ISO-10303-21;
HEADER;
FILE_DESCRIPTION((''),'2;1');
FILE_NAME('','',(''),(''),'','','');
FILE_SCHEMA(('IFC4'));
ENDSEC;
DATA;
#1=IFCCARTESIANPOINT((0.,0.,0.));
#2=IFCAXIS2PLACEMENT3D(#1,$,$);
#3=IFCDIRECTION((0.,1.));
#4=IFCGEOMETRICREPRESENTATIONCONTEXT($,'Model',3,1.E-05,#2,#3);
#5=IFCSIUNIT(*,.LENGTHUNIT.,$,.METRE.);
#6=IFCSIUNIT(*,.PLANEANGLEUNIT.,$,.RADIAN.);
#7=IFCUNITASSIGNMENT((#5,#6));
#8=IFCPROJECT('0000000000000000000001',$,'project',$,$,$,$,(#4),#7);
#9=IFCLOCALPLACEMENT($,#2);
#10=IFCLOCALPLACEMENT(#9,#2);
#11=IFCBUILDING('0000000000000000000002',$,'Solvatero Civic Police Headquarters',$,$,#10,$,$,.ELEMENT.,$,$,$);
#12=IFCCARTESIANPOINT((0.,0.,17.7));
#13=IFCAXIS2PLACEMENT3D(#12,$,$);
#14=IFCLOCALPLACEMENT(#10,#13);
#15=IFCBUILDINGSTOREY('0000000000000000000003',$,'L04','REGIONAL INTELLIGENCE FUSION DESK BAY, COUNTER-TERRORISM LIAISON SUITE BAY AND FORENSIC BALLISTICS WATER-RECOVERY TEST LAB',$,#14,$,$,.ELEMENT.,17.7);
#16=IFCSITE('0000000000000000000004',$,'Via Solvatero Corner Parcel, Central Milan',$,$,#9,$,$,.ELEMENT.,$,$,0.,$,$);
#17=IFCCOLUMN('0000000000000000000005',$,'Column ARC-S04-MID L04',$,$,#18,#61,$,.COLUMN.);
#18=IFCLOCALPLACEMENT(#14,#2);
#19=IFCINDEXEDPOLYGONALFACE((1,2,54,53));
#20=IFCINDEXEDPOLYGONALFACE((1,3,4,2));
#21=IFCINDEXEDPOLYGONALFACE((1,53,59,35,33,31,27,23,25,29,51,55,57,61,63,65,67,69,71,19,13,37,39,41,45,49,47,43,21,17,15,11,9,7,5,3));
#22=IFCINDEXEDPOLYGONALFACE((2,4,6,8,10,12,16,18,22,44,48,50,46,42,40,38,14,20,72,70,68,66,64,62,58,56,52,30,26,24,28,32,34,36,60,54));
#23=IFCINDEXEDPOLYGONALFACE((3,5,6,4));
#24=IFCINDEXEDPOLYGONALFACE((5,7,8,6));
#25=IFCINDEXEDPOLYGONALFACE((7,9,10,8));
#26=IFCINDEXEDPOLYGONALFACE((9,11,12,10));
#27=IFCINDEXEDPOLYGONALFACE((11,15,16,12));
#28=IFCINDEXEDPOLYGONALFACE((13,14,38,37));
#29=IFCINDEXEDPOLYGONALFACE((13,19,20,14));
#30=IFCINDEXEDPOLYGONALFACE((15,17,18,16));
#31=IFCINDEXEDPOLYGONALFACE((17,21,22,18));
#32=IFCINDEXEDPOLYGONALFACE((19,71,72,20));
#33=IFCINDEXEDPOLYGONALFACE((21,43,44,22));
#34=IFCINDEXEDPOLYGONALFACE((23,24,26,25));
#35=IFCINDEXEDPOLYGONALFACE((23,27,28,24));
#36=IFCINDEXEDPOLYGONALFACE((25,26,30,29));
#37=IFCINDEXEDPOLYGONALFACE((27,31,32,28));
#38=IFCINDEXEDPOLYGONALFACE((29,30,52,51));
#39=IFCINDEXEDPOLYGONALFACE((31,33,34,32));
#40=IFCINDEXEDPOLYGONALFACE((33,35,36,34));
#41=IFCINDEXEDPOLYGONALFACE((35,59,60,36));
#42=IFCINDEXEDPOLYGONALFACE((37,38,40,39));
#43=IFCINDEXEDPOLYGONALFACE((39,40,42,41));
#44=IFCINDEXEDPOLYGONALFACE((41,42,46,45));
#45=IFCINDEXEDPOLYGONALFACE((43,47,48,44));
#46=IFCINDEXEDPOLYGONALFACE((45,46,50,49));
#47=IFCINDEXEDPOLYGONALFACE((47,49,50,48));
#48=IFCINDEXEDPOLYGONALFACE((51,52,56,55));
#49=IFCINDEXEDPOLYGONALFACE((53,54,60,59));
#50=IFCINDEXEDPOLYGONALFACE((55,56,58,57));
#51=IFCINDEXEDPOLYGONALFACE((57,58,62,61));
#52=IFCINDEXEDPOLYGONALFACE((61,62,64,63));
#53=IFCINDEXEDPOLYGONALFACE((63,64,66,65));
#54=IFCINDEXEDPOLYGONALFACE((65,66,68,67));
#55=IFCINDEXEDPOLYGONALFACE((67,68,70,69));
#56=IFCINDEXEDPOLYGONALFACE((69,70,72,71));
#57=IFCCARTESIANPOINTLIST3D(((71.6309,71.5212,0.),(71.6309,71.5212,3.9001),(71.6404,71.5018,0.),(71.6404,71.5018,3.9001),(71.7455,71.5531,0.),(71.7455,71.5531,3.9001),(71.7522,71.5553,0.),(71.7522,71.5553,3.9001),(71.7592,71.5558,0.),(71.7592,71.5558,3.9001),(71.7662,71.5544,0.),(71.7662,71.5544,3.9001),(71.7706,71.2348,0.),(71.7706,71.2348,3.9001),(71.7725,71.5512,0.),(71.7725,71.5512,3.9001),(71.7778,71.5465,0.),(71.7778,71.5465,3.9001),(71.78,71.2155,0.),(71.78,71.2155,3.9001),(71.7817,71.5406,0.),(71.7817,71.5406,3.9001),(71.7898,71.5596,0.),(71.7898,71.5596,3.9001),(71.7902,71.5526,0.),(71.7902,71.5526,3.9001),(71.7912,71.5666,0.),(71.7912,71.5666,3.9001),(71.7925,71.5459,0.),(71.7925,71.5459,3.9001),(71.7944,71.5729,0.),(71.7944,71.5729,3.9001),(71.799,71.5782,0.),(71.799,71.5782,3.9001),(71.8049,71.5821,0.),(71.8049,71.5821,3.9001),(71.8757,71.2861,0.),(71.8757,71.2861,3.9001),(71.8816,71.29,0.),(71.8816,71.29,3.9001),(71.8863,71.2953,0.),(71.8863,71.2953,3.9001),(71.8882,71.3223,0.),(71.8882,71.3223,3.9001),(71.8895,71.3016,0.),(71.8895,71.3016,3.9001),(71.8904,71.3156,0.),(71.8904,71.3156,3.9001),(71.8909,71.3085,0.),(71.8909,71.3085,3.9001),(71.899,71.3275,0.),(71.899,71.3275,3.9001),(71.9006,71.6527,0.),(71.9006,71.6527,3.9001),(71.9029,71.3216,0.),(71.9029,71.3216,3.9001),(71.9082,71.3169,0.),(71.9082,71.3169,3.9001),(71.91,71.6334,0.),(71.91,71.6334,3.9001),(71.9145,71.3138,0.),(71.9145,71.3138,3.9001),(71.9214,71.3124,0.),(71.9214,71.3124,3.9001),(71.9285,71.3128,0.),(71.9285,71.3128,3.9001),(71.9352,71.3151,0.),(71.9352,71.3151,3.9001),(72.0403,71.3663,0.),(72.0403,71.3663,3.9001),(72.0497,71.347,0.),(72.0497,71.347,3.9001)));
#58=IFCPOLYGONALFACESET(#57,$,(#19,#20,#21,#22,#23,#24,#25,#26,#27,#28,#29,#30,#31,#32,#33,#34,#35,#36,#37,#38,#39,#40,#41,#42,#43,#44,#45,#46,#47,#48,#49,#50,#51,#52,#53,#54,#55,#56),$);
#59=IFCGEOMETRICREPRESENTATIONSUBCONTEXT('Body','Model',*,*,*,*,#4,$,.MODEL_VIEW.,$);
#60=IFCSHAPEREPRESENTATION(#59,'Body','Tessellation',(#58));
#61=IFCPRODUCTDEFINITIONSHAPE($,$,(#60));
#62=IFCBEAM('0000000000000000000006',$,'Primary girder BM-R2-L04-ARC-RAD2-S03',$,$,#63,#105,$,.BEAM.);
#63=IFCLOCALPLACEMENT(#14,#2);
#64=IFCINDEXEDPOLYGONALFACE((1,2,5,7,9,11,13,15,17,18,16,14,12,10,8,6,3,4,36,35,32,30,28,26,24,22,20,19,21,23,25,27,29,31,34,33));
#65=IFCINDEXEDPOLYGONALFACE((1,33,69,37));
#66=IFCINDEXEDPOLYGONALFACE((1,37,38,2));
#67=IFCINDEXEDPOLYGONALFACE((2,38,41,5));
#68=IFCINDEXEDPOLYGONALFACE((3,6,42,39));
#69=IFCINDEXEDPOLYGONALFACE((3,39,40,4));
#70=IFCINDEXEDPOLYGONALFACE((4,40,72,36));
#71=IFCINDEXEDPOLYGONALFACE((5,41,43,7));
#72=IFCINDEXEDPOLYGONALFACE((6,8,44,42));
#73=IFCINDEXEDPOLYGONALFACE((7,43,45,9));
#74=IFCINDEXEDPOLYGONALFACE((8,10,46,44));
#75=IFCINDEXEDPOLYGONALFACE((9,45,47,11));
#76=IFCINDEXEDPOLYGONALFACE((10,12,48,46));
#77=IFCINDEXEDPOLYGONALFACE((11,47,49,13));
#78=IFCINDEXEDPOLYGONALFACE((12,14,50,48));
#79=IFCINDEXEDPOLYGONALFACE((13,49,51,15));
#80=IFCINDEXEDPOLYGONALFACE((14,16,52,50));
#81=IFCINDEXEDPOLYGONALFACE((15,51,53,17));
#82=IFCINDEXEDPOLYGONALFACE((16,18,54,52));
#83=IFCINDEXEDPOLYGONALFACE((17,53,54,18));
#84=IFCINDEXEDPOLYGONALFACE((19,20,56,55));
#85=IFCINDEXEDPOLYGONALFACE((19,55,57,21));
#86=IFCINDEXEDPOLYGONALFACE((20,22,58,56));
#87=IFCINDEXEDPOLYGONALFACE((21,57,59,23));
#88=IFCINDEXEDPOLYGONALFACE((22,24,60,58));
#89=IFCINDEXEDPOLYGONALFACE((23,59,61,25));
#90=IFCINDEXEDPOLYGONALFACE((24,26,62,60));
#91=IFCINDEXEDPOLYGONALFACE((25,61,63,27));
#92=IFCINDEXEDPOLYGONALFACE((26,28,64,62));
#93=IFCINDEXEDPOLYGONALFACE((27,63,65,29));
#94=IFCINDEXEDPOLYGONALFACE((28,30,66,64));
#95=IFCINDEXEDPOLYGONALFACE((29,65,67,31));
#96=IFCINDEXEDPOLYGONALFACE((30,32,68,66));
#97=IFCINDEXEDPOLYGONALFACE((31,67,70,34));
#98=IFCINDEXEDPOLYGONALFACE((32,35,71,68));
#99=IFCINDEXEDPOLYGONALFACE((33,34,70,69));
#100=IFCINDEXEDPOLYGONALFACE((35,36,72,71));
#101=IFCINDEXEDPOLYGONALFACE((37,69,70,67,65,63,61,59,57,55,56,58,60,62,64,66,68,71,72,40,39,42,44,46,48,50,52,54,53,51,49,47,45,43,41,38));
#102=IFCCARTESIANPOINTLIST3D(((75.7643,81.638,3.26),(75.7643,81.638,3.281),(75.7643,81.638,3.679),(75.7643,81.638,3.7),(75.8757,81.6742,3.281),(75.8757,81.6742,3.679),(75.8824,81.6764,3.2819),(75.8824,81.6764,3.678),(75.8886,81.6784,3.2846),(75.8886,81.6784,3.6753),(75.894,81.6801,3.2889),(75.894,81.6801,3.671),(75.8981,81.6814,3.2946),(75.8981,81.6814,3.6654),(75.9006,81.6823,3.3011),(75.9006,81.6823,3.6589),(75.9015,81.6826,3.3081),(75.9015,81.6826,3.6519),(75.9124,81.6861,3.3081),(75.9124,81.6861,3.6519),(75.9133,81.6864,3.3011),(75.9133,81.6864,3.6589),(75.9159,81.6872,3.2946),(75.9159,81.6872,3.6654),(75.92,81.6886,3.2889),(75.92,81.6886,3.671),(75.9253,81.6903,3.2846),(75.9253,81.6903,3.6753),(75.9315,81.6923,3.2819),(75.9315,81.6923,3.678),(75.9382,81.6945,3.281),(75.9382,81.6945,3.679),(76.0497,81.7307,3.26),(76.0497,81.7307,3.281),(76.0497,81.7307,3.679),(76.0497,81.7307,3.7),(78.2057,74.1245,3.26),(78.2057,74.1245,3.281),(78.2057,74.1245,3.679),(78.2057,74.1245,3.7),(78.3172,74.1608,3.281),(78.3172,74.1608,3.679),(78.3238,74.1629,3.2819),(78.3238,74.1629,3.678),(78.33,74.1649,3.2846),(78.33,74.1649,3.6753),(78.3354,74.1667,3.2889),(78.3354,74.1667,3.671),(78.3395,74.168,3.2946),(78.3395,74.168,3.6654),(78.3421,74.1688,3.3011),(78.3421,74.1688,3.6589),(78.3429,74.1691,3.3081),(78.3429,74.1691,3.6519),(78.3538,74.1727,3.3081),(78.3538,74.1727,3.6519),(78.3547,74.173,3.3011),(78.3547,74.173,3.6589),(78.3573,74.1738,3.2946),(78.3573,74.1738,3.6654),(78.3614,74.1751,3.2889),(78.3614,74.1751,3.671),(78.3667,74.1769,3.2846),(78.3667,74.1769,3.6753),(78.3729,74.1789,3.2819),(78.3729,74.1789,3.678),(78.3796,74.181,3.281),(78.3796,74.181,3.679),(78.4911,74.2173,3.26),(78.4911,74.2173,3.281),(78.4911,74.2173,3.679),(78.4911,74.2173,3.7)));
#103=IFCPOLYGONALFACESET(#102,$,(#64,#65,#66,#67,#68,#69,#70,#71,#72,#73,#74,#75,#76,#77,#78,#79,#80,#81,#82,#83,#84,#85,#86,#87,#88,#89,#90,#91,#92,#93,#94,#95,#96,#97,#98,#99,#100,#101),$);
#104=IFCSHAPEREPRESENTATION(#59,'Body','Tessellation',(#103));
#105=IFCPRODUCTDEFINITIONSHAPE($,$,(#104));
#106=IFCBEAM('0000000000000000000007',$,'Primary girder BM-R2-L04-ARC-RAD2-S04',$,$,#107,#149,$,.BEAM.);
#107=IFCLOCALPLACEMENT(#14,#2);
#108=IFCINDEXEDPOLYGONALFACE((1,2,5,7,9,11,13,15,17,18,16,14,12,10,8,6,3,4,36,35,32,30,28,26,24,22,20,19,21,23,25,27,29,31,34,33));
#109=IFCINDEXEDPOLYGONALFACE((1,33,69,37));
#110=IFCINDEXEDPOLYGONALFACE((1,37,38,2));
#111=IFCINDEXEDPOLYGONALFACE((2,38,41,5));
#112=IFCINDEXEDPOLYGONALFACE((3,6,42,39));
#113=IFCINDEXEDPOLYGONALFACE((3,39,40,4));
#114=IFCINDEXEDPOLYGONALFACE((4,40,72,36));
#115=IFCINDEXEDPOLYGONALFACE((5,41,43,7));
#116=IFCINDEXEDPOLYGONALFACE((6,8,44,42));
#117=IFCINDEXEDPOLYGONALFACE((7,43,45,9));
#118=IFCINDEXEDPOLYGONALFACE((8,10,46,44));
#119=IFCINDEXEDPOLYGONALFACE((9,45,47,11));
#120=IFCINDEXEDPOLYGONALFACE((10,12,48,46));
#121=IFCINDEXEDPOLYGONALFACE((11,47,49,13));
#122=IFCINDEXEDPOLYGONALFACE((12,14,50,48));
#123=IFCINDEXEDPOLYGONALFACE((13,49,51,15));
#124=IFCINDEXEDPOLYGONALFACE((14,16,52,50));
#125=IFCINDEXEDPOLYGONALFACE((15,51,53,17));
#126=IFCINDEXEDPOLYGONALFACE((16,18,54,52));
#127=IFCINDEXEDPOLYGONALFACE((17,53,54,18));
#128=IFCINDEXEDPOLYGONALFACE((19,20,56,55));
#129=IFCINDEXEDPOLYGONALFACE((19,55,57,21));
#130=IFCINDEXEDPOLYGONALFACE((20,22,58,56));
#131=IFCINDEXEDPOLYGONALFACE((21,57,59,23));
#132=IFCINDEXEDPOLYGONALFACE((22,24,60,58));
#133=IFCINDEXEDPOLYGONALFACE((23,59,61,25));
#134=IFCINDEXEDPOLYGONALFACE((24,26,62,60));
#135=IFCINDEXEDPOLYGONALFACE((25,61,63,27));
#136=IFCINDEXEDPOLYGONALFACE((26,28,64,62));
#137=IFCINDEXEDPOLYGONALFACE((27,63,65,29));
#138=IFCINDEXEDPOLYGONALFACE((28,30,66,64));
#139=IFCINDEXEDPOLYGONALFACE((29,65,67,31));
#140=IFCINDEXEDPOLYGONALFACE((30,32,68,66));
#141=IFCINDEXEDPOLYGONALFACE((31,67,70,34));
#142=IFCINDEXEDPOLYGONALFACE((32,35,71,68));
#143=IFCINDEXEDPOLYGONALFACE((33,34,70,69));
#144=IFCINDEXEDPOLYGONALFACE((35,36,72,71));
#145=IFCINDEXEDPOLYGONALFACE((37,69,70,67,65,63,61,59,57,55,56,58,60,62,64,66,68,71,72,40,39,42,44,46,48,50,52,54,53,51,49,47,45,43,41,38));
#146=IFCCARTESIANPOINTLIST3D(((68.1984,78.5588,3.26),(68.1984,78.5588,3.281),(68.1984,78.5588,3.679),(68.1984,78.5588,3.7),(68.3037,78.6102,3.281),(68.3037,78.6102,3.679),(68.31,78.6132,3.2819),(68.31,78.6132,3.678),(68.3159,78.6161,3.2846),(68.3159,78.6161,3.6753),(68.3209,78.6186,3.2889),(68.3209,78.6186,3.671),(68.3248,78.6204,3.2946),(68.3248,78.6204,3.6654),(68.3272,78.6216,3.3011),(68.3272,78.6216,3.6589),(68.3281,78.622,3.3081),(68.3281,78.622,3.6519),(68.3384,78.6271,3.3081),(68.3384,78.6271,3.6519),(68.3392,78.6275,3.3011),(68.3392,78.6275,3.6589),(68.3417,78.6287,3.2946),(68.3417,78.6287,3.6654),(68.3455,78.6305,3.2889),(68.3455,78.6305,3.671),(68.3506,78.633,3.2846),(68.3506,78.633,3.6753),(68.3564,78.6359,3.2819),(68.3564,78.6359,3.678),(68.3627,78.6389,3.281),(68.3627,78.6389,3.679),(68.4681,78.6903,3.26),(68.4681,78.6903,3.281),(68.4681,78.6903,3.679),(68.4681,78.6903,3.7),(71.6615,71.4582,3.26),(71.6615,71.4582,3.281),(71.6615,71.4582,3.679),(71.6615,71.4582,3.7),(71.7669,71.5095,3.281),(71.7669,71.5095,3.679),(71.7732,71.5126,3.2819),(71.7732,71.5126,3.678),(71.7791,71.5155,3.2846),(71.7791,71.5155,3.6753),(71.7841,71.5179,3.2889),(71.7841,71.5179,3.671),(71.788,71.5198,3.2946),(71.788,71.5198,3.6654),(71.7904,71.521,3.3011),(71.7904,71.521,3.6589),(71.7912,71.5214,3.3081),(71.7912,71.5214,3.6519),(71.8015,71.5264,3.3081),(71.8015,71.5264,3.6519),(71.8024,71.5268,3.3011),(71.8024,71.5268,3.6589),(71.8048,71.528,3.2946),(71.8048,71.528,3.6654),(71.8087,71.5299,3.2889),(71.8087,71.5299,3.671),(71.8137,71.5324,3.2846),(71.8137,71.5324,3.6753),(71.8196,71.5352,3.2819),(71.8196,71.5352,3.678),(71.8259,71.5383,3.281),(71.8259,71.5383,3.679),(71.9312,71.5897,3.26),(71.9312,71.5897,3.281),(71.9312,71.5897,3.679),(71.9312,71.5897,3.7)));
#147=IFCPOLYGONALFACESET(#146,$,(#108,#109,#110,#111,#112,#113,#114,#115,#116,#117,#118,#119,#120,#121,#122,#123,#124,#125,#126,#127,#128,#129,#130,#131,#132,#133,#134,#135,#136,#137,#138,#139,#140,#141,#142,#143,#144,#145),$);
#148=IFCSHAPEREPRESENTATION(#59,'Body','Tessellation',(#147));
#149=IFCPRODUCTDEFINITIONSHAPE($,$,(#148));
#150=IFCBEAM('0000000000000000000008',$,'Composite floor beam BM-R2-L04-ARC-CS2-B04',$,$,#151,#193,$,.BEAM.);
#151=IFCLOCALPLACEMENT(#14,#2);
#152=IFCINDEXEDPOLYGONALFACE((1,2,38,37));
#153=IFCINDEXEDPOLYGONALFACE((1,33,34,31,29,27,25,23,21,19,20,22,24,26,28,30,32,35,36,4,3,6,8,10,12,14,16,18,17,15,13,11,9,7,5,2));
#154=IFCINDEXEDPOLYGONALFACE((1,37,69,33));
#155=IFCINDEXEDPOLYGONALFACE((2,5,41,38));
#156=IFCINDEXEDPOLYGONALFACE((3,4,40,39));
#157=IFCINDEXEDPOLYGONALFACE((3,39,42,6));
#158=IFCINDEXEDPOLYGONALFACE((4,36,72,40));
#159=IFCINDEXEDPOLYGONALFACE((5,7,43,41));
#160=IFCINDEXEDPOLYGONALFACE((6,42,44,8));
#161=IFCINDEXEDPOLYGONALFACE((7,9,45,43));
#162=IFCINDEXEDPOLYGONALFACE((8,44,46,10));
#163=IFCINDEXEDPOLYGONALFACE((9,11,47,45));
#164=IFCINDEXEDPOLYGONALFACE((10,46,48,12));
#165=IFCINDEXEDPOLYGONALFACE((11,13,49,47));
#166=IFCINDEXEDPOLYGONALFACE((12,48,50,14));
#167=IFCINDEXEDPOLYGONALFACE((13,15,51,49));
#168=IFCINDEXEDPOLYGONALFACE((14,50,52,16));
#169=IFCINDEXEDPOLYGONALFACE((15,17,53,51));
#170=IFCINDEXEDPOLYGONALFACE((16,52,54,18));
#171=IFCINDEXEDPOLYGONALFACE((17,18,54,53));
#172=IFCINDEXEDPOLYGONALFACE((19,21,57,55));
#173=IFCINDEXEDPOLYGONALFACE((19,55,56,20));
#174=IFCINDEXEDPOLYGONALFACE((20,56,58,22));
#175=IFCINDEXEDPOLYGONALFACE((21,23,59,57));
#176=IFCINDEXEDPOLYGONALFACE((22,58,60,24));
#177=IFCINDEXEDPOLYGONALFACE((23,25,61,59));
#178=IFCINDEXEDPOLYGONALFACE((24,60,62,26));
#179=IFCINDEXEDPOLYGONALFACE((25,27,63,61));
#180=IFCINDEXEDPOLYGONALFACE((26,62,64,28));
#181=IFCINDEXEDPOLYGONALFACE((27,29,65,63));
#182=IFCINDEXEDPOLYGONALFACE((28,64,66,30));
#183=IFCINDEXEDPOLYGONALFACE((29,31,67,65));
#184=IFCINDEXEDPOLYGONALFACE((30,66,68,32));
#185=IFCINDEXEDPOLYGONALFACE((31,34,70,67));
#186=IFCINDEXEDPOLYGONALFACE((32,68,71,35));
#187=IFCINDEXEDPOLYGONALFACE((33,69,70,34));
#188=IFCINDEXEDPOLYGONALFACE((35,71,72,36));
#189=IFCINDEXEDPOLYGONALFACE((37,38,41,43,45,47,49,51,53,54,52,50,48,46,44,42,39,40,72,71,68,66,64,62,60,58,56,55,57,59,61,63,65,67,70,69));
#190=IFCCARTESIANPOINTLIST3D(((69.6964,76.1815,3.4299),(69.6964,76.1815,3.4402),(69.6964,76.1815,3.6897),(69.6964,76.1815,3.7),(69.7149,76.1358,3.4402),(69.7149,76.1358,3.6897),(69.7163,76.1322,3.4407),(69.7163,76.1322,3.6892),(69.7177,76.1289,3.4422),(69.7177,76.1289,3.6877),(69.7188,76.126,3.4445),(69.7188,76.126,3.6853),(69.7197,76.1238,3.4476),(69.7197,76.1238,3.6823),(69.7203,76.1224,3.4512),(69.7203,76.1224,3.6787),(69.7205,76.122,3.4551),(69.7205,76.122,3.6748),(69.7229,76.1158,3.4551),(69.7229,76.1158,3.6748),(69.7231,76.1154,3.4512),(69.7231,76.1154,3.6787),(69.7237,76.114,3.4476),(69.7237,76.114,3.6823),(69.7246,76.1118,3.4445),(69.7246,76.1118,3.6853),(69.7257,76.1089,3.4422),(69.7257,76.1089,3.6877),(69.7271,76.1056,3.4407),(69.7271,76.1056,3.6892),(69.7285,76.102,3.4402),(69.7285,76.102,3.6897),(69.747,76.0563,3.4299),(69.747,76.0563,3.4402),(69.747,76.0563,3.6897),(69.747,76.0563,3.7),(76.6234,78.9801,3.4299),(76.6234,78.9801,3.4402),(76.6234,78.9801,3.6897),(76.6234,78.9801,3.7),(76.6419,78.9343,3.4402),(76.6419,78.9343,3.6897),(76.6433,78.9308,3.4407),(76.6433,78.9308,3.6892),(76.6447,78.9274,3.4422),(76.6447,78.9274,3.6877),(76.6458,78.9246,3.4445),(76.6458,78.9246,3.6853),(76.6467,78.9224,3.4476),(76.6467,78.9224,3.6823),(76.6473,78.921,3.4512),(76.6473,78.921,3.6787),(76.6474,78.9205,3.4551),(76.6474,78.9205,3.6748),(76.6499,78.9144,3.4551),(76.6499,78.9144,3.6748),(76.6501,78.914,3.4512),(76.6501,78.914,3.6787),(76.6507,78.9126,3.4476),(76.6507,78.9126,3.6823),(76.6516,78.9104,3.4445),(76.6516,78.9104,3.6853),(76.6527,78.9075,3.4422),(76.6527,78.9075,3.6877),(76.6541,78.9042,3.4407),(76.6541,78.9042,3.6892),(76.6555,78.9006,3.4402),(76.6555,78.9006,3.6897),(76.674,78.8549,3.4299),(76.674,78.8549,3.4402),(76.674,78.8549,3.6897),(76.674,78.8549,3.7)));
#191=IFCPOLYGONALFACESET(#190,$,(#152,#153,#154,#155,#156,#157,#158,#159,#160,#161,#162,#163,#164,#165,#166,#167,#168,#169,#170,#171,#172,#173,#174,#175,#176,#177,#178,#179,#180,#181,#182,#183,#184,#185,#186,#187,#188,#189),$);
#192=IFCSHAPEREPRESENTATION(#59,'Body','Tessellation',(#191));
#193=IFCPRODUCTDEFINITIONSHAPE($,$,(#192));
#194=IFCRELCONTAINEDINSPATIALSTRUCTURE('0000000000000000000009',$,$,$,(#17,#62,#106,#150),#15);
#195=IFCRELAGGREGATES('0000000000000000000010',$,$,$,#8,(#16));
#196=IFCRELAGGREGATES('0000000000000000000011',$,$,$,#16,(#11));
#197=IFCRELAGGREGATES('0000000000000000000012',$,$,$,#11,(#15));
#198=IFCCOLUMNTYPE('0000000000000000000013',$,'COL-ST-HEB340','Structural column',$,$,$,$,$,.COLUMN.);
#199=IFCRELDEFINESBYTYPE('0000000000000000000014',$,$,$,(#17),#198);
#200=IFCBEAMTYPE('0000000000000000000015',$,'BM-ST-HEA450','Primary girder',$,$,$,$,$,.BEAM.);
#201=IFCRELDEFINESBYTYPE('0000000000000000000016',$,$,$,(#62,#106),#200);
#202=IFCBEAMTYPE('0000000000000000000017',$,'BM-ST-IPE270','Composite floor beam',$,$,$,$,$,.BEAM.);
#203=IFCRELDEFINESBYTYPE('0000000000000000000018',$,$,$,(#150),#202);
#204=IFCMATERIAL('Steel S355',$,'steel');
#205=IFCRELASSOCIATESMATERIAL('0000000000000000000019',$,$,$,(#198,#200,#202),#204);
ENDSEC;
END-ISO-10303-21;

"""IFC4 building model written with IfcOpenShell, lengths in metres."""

from ifc_helpers import new_model, si_unit, direction, frame, origin, origin_2d, place, context, subcontext, project, spatial, i_section, extrude, material, material_profile, profile_set, type_object, element, save


model = new_model("IFC4")

# Units and contexts
model_context = context("Model", 3, precision=1e-05, world=origin(), true_north=direction((0.0, 1.0)))
body_context = subcontext(model_context, "Body", "Model", "MODEL_VIEW")
ifc_project = project(units=[si_unit("LENGTHUNIT", "METRE"), si_unit("PLANEANGLEUNIT", "RADIAN")], contexts=[model_context])

# Site, building, storey
site_placement = place(None, origin())
site = spatial("IfcSite", under=ifc_project, at=site_placement, Name="Via Solvatero Corner Parcel, Central Milan", CompositionType="ELEMENT", RefElevation=0.0)
building_placement = place(site_placement, origin())
building = spatial("IfcBuilding", under=site, at=building_placement, Name="Solvatero Civic Police Headquarters", CompositionType="ELEMENT")
storey_placement = place(building_placement, frame((0.0, 0.0, 17.7)))
storey = spatial("IfcBuildingStorey", under=building, at=storey_placement, Name="L04", Description="REGIONAL INTELLIGENCE FUSION DESK BAY, COUNTER-TERRORISM LIAISON SUITE BAY AND FORENSIC BALLISTICS WATER-RECOVERY TEST LAB", CompositionType="ELEMENT", Elevation=17.7)

# Column
ifc_material_1 = material(Name="Steel S355", Category="steel")
ifc_material_profile_1 = material_profile(ifc_material_1, i_section(OverallWidth=0.3, OverallDepth=0.3401, WebThickness=0.012, FlangeThickness=0.0215, FilletRadius=0.0271, at=origin_2d()), Name="HEB 340")
ifc_profile_set_1 = profile_set([ifc_material_profile_1], Name="Steel S355")
column_type = type_object("IfcColumnType", Name="COL-ST-HEB340", Description="Structural column", PredefinedType="COLUMN", material=ifc_profile_set_1)
column_placement = place(storey_placement, frame((71.8403, 71.4341, 0.0), z_axis=(0.0, 0.0, 1.0), x_axis=(0.898794, 0.438371, 0.0)))
element("IfcColumn", 1, at=column_placement, inside=storey, type_object=column_type, Name="Column ARC-S04-MID L04", PredefinedType="COLUMN", context=body_context, shape_type="SweptSolid", body=[
    extrude(i_section(OverallWidth=0.3, OverallDepth=0.3401, WebThickness=0.012, FlangeThickness=0.0215, FilletRadius=0.0271, at=origin_2d()), origin(), (0.0, 0.0, 1.0), 3.9001),
])

# Beams
ifc_material_profile_2 = material_profile(ifc_material_1, i_section(OverallWidth=0.3, OverallDepth=0.4399, WebThickness=0.0115, FlangeThickness=0.021, FilletRadius=0.0271, at=origin_2d()), Name="HEA 450")
ifc_profile_set_2 = profile_set([ifc_material_profile_2], Name="Steel S355")
beam_type_1 = type_object("IfcBeamType", Name="BM-ST-HEA450", Description="Primary girder", PredefinedType="BEAM", material=ifc_profile_set_2)
for number, where, z_axis, x_axis, name in (
    (2, (78.3484, 74.1709, 3.48), (-0.309034, 0.951051, 0.0), (-0.951051, -0.309034, 0.0), "Primary girder BM-R2-L04-ARC-RAD2-S03"),
    (3, (71.7964, 71.5239, 3.48), (-0.438366, 0.898797, 0.0), (-0.898797, -0.438366, 0.0), "Primary girder BM-R2-L04-ARC-RAD2-S04"),
):
    element("IfcBeam", number, at=place(storey_placement, frame(where, z_axis=z_axis, x_axis=x_axis)), inside=storey, type_object=beam_type_1, Name=name, PredefinedType="BEAM", context=body_context, shape_type="SweptSolid", body=[
        extrude(i_section(OverallWidth=0.3, OverallDepth=0.4399, WebThickness=0.0115, FlangeThickness=0.021, FilletRadius=0.0271, at=origin_2d()), origin(), (0.0, 0.0, 1.0), 7.9001),
    ])
ifc_material_profile_3 = material_profile(ifc_material_1, i_section(OverallWidth=0.135, OverallDepth=0.27, WebThickness=0.0066, FlangeThickness=0.0103, FilletRadius=0.0149, at=origin_2d()), Name="IPE 270")
ifc_profile_set_3 = profile_set([ifc_material_profile_3], Name="Steel S355")
beam_type_2 = type_object("IfcBeamType", Name="BM-ST-IPE270", Description="Composite floor beam", PredefinedType="BEAM", material=ifc_profile_set_3)
beam_1_placement = place(storey_placement, frame((76.6487, 78.9175, 3.5649), z_axis=(-0.927189, -0.374594, 0.0), x_axis=(0.374594, -0.927189, 0.0)))
element("IfcBeam", 4, at=beam_1_placement, inside=storey, type_object=beam_type_2, Name="Composite floor beam BM-R2-L04-ARC-CS2-B04", PredefinedType="BEAM", context=body_context, shape_type="SweptSolid", body=[
    extrude(i_section(OverallWidth=0.135, OverallDepth=0.27, WebThickness=0.0066, FlangeThickness=0.0103, FilletRadius=0.0149, at=origin_2d()), origin(), (0.0, 0.0, 1.0), 7.4709),
])

save(model, "model.ifc")
